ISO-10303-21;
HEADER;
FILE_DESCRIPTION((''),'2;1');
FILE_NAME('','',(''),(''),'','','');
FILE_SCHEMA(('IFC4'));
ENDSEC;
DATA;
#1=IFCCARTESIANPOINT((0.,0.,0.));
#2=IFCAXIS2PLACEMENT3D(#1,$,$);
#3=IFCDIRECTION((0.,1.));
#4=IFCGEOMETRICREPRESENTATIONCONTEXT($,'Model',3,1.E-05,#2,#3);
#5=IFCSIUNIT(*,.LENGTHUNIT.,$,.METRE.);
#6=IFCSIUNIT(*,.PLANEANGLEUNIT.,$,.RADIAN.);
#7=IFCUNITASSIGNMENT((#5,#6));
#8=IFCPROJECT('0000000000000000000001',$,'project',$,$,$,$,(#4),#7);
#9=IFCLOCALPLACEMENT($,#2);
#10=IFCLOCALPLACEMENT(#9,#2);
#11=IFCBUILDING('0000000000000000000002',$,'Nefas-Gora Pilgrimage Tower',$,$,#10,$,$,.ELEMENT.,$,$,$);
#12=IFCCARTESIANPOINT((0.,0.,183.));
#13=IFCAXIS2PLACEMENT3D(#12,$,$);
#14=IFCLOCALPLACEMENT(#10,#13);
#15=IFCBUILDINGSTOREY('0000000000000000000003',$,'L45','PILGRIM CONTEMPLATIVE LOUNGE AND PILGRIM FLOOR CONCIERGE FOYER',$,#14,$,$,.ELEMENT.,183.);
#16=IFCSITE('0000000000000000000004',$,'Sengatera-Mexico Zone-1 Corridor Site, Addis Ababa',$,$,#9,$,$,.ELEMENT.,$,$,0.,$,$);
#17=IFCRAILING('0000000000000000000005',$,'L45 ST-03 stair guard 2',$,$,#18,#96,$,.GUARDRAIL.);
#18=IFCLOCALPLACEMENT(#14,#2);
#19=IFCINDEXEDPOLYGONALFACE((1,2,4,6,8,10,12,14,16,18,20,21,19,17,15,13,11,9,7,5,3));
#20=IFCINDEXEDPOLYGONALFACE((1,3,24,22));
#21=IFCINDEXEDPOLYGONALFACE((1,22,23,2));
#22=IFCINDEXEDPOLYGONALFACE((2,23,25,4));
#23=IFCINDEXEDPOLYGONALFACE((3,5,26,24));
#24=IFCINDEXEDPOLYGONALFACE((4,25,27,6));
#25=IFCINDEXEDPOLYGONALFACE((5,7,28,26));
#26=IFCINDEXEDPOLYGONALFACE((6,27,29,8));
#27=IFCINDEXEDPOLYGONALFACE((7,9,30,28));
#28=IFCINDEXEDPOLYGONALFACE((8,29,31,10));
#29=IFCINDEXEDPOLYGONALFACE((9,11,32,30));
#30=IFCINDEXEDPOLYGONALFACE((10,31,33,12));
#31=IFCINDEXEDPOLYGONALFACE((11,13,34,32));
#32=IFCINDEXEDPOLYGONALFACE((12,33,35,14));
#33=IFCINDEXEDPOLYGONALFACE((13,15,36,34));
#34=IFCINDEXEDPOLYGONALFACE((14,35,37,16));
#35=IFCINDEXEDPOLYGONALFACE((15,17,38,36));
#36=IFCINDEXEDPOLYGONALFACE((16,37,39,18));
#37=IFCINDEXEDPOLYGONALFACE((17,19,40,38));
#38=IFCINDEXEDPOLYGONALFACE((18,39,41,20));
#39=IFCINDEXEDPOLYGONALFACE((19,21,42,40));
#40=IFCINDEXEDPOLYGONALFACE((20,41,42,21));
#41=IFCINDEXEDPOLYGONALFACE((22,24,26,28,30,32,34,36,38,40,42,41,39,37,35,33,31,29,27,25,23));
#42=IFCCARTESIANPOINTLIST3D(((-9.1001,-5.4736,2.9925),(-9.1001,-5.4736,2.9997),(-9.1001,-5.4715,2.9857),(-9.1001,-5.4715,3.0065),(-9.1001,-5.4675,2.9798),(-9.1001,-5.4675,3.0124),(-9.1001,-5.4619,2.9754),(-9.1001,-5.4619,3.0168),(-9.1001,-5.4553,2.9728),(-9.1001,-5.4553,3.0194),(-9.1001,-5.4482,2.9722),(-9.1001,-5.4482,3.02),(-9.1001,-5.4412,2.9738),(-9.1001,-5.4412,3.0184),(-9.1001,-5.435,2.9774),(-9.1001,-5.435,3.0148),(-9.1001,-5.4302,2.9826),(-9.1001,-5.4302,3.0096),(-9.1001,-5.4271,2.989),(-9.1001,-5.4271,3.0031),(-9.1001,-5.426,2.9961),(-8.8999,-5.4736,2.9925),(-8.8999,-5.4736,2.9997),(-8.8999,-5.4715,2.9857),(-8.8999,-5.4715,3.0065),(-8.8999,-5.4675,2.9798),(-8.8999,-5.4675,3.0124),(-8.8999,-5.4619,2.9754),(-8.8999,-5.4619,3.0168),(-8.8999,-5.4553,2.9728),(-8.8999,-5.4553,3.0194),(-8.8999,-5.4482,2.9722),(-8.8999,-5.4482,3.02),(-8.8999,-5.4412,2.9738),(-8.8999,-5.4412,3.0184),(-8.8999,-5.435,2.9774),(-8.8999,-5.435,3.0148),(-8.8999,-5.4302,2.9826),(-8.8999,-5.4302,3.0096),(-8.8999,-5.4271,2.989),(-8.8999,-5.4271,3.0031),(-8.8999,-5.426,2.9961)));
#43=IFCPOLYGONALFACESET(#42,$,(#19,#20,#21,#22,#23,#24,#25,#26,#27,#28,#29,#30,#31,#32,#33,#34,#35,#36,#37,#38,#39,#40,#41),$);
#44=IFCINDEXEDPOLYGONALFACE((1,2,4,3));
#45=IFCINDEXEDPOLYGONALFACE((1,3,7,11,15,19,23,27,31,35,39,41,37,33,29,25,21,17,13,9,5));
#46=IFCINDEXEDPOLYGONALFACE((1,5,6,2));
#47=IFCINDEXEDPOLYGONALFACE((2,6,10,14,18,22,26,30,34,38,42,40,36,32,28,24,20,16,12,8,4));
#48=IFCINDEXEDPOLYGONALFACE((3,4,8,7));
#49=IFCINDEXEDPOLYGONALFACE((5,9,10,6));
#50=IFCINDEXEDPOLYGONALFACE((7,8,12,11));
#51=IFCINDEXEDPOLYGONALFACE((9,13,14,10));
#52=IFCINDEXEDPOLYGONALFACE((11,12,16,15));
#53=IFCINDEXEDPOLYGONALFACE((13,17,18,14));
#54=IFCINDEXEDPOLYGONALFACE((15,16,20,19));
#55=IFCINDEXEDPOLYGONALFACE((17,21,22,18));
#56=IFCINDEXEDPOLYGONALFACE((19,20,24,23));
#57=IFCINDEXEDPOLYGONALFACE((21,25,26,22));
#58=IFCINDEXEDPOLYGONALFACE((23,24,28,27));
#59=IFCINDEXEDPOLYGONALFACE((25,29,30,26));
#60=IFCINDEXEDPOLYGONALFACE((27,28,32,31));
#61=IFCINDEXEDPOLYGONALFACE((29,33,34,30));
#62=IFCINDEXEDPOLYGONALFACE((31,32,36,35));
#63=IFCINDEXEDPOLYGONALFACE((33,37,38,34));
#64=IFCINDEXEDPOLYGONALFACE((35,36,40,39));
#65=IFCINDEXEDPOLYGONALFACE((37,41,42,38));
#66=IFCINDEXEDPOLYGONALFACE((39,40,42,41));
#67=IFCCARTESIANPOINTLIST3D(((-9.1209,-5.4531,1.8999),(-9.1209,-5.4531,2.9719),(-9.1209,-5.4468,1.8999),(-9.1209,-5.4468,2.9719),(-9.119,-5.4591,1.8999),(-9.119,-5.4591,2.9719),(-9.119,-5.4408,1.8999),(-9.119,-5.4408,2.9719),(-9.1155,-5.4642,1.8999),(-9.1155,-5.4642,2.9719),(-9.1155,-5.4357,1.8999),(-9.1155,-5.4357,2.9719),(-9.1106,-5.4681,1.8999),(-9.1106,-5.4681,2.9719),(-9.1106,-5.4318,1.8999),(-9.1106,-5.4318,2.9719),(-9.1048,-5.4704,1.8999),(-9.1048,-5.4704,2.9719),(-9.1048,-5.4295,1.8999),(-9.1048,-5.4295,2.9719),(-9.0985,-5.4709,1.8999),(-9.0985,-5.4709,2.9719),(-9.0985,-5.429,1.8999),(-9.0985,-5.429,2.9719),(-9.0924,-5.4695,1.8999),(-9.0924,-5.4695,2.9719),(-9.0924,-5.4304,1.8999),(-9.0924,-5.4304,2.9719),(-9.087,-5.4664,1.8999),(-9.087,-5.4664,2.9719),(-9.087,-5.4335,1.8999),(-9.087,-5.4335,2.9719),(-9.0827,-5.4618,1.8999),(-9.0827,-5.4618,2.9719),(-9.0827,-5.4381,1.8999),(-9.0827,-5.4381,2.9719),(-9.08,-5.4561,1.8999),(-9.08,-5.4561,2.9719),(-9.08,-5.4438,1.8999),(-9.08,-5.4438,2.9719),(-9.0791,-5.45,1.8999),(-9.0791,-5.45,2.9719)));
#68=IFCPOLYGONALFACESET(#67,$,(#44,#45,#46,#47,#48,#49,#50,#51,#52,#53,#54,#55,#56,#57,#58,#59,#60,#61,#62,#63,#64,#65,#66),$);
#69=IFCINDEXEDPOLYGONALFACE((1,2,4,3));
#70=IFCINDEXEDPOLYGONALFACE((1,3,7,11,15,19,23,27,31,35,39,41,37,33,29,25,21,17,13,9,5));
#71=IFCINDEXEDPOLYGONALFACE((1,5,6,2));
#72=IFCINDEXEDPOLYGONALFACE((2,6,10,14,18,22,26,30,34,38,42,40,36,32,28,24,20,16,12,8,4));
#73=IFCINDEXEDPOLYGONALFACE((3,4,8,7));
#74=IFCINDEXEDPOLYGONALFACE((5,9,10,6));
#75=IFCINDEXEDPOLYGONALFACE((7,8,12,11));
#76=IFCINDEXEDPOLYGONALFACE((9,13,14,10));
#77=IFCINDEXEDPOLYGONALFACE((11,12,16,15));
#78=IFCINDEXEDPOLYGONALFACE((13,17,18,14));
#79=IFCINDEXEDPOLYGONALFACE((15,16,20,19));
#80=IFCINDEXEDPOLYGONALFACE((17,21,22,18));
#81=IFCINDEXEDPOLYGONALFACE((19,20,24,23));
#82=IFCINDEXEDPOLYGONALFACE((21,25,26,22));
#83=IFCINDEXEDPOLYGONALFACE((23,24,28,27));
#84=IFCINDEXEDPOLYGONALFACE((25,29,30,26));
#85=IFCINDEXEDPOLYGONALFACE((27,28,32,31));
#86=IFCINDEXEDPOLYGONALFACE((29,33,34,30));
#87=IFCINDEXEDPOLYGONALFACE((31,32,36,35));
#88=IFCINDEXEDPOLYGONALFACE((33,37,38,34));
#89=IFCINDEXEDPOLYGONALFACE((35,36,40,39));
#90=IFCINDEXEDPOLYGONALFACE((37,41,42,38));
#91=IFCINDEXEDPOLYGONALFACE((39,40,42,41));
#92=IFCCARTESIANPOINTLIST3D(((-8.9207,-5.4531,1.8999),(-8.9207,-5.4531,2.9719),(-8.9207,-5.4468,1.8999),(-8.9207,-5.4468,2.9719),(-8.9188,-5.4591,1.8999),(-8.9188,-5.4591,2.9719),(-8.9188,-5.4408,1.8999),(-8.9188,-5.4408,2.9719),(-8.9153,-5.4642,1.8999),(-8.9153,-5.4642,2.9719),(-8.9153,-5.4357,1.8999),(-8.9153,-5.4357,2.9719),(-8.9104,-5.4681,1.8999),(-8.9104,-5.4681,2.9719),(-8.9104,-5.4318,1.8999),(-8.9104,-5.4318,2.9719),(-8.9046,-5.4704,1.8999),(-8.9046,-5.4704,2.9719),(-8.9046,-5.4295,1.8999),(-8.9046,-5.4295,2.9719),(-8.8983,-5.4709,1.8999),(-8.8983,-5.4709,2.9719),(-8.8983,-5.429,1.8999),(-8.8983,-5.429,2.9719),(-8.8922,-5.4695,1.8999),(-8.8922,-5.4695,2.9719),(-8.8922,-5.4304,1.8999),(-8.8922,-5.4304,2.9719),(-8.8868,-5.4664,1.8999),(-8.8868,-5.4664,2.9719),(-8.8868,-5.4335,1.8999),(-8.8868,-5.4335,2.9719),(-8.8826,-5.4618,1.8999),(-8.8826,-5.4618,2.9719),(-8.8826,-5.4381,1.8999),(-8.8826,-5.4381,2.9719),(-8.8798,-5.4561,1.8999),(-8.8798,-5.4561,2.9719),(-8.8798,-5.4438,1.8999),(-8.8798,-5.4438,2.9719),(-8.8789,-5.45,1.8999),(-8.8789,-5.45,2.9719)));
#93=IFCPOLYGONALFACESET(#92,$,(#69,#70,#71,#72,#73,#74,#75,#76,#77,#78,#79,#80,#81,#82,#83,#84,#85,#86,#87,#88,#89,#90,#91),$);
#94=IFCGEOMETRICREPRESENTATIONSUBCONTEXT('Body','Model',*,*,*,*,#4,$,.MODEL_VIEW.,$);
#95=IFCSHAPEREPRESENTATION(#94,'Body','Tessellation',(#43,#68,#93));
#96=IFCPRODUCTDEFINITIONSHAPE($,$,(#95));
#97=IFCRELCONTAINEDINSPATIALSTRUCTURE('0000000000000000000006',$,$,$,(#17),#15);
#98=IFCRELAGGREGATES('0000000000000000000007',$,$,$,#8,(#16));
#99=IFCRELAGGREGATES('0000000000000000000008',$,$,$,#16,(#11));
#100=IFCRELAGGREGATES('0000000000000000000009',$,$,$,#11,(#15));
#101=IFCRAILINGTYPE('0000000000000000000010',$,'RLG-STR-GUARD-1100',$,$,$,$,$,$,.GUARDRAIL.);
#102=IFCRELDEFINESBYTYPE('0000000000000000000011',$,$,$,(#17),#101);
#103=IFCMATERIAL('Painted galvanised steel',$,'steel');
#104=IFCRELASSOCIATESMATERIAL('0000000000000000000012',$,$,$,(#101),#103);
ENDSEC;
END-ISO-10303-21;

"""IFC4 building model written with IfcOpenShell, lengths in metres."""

from ifc_helpers import new_model, si_unit, direction, frame, origin, origin_2d, place, context, subcontext, project, spatial, circle, extrude, material, type_object, element, save


model = new_model("IFC4")

# Units and contexts
model_context = context("Model", 3, precision=1e-05, world=origin(), true_north=direction((0.0, 1.0)))
body_context = subcontext(model_context, "Body", "Model", "MODEL_VIEW")
ifc_project = project(units=[si_unit("LENGTHUNIT", "METRE"), si_unit("PLANEANGLEUNIT", "RADIAN")], contexts=[model_context])

# Site, building, storey
site_placement = place(None, origin())
site = spatial("IfcSite", under=ifc_project, at=site_placement, Name="Sengatera-Mexico Zone-1 Corridor Site, Addis Ababa", CompositionType="ELEMENT", RefElevation=0.0)
building_placement = place(site_placement, origin())
building = spatial("IfcBuilding", under=site, at=building_placement, Name="Nefas-Gora Pilgrimage Tower", CompositionType="ELEMENT")
storey_placement = place(building_placement, frame((0.0, 0.0, 183.0)))
storey = spatial("IfcBuildingStorey", under=building, at=storey_placement, Name="L45", Description="PILGRIM CONTEMPLATIVE LOUNGE AND PILGRIM FLOOR CONCIERGE FOYER", CompositionType="ELEMENT", Elevation=183.0)

# Railing
ifc_material_1 = material(Name="Painted galvanised steel", Category="steel")
railing_type_1 = type_object("IfcRailingType", Name="RLG-STR-GUARD-1100", PredefinedType="GUARDRAIL", material=ifc_material_1)
railing_1_placement = place(storey_placement, frame((-9.1001, -5.45, 1.8999)))
element("IfcRailing", 1, at=railing_1_placement, inside=storey, type_object=railing_type_1, Name="L45 ST-03 stair guard 2", PredefinedType="GUARDRAIL", context=body_context, shape_type="SweptSolid", body=[
    extrude(circle(Radius=0.0239, at=origin_2d()), frame((0.0, 0.0, 1.0962), z_axis=(1.0, 0.0, 0.0), x_axis=(0.0, 1.0, 0.0)), (0.0, 0.0, 1.0), 0.2002),
    extrude(circle(Radius=0.021, at=origin_2d()), origin(), (0.0, 0.0, 1.0), 1.072),
    extrude(circle(Radius=0.021, at=origin_2d()), frame((0.2002, 0.0, 0.0)), (0.0, 0.0, 1.0), 1.072),
])

save(model, "model.ifc")
